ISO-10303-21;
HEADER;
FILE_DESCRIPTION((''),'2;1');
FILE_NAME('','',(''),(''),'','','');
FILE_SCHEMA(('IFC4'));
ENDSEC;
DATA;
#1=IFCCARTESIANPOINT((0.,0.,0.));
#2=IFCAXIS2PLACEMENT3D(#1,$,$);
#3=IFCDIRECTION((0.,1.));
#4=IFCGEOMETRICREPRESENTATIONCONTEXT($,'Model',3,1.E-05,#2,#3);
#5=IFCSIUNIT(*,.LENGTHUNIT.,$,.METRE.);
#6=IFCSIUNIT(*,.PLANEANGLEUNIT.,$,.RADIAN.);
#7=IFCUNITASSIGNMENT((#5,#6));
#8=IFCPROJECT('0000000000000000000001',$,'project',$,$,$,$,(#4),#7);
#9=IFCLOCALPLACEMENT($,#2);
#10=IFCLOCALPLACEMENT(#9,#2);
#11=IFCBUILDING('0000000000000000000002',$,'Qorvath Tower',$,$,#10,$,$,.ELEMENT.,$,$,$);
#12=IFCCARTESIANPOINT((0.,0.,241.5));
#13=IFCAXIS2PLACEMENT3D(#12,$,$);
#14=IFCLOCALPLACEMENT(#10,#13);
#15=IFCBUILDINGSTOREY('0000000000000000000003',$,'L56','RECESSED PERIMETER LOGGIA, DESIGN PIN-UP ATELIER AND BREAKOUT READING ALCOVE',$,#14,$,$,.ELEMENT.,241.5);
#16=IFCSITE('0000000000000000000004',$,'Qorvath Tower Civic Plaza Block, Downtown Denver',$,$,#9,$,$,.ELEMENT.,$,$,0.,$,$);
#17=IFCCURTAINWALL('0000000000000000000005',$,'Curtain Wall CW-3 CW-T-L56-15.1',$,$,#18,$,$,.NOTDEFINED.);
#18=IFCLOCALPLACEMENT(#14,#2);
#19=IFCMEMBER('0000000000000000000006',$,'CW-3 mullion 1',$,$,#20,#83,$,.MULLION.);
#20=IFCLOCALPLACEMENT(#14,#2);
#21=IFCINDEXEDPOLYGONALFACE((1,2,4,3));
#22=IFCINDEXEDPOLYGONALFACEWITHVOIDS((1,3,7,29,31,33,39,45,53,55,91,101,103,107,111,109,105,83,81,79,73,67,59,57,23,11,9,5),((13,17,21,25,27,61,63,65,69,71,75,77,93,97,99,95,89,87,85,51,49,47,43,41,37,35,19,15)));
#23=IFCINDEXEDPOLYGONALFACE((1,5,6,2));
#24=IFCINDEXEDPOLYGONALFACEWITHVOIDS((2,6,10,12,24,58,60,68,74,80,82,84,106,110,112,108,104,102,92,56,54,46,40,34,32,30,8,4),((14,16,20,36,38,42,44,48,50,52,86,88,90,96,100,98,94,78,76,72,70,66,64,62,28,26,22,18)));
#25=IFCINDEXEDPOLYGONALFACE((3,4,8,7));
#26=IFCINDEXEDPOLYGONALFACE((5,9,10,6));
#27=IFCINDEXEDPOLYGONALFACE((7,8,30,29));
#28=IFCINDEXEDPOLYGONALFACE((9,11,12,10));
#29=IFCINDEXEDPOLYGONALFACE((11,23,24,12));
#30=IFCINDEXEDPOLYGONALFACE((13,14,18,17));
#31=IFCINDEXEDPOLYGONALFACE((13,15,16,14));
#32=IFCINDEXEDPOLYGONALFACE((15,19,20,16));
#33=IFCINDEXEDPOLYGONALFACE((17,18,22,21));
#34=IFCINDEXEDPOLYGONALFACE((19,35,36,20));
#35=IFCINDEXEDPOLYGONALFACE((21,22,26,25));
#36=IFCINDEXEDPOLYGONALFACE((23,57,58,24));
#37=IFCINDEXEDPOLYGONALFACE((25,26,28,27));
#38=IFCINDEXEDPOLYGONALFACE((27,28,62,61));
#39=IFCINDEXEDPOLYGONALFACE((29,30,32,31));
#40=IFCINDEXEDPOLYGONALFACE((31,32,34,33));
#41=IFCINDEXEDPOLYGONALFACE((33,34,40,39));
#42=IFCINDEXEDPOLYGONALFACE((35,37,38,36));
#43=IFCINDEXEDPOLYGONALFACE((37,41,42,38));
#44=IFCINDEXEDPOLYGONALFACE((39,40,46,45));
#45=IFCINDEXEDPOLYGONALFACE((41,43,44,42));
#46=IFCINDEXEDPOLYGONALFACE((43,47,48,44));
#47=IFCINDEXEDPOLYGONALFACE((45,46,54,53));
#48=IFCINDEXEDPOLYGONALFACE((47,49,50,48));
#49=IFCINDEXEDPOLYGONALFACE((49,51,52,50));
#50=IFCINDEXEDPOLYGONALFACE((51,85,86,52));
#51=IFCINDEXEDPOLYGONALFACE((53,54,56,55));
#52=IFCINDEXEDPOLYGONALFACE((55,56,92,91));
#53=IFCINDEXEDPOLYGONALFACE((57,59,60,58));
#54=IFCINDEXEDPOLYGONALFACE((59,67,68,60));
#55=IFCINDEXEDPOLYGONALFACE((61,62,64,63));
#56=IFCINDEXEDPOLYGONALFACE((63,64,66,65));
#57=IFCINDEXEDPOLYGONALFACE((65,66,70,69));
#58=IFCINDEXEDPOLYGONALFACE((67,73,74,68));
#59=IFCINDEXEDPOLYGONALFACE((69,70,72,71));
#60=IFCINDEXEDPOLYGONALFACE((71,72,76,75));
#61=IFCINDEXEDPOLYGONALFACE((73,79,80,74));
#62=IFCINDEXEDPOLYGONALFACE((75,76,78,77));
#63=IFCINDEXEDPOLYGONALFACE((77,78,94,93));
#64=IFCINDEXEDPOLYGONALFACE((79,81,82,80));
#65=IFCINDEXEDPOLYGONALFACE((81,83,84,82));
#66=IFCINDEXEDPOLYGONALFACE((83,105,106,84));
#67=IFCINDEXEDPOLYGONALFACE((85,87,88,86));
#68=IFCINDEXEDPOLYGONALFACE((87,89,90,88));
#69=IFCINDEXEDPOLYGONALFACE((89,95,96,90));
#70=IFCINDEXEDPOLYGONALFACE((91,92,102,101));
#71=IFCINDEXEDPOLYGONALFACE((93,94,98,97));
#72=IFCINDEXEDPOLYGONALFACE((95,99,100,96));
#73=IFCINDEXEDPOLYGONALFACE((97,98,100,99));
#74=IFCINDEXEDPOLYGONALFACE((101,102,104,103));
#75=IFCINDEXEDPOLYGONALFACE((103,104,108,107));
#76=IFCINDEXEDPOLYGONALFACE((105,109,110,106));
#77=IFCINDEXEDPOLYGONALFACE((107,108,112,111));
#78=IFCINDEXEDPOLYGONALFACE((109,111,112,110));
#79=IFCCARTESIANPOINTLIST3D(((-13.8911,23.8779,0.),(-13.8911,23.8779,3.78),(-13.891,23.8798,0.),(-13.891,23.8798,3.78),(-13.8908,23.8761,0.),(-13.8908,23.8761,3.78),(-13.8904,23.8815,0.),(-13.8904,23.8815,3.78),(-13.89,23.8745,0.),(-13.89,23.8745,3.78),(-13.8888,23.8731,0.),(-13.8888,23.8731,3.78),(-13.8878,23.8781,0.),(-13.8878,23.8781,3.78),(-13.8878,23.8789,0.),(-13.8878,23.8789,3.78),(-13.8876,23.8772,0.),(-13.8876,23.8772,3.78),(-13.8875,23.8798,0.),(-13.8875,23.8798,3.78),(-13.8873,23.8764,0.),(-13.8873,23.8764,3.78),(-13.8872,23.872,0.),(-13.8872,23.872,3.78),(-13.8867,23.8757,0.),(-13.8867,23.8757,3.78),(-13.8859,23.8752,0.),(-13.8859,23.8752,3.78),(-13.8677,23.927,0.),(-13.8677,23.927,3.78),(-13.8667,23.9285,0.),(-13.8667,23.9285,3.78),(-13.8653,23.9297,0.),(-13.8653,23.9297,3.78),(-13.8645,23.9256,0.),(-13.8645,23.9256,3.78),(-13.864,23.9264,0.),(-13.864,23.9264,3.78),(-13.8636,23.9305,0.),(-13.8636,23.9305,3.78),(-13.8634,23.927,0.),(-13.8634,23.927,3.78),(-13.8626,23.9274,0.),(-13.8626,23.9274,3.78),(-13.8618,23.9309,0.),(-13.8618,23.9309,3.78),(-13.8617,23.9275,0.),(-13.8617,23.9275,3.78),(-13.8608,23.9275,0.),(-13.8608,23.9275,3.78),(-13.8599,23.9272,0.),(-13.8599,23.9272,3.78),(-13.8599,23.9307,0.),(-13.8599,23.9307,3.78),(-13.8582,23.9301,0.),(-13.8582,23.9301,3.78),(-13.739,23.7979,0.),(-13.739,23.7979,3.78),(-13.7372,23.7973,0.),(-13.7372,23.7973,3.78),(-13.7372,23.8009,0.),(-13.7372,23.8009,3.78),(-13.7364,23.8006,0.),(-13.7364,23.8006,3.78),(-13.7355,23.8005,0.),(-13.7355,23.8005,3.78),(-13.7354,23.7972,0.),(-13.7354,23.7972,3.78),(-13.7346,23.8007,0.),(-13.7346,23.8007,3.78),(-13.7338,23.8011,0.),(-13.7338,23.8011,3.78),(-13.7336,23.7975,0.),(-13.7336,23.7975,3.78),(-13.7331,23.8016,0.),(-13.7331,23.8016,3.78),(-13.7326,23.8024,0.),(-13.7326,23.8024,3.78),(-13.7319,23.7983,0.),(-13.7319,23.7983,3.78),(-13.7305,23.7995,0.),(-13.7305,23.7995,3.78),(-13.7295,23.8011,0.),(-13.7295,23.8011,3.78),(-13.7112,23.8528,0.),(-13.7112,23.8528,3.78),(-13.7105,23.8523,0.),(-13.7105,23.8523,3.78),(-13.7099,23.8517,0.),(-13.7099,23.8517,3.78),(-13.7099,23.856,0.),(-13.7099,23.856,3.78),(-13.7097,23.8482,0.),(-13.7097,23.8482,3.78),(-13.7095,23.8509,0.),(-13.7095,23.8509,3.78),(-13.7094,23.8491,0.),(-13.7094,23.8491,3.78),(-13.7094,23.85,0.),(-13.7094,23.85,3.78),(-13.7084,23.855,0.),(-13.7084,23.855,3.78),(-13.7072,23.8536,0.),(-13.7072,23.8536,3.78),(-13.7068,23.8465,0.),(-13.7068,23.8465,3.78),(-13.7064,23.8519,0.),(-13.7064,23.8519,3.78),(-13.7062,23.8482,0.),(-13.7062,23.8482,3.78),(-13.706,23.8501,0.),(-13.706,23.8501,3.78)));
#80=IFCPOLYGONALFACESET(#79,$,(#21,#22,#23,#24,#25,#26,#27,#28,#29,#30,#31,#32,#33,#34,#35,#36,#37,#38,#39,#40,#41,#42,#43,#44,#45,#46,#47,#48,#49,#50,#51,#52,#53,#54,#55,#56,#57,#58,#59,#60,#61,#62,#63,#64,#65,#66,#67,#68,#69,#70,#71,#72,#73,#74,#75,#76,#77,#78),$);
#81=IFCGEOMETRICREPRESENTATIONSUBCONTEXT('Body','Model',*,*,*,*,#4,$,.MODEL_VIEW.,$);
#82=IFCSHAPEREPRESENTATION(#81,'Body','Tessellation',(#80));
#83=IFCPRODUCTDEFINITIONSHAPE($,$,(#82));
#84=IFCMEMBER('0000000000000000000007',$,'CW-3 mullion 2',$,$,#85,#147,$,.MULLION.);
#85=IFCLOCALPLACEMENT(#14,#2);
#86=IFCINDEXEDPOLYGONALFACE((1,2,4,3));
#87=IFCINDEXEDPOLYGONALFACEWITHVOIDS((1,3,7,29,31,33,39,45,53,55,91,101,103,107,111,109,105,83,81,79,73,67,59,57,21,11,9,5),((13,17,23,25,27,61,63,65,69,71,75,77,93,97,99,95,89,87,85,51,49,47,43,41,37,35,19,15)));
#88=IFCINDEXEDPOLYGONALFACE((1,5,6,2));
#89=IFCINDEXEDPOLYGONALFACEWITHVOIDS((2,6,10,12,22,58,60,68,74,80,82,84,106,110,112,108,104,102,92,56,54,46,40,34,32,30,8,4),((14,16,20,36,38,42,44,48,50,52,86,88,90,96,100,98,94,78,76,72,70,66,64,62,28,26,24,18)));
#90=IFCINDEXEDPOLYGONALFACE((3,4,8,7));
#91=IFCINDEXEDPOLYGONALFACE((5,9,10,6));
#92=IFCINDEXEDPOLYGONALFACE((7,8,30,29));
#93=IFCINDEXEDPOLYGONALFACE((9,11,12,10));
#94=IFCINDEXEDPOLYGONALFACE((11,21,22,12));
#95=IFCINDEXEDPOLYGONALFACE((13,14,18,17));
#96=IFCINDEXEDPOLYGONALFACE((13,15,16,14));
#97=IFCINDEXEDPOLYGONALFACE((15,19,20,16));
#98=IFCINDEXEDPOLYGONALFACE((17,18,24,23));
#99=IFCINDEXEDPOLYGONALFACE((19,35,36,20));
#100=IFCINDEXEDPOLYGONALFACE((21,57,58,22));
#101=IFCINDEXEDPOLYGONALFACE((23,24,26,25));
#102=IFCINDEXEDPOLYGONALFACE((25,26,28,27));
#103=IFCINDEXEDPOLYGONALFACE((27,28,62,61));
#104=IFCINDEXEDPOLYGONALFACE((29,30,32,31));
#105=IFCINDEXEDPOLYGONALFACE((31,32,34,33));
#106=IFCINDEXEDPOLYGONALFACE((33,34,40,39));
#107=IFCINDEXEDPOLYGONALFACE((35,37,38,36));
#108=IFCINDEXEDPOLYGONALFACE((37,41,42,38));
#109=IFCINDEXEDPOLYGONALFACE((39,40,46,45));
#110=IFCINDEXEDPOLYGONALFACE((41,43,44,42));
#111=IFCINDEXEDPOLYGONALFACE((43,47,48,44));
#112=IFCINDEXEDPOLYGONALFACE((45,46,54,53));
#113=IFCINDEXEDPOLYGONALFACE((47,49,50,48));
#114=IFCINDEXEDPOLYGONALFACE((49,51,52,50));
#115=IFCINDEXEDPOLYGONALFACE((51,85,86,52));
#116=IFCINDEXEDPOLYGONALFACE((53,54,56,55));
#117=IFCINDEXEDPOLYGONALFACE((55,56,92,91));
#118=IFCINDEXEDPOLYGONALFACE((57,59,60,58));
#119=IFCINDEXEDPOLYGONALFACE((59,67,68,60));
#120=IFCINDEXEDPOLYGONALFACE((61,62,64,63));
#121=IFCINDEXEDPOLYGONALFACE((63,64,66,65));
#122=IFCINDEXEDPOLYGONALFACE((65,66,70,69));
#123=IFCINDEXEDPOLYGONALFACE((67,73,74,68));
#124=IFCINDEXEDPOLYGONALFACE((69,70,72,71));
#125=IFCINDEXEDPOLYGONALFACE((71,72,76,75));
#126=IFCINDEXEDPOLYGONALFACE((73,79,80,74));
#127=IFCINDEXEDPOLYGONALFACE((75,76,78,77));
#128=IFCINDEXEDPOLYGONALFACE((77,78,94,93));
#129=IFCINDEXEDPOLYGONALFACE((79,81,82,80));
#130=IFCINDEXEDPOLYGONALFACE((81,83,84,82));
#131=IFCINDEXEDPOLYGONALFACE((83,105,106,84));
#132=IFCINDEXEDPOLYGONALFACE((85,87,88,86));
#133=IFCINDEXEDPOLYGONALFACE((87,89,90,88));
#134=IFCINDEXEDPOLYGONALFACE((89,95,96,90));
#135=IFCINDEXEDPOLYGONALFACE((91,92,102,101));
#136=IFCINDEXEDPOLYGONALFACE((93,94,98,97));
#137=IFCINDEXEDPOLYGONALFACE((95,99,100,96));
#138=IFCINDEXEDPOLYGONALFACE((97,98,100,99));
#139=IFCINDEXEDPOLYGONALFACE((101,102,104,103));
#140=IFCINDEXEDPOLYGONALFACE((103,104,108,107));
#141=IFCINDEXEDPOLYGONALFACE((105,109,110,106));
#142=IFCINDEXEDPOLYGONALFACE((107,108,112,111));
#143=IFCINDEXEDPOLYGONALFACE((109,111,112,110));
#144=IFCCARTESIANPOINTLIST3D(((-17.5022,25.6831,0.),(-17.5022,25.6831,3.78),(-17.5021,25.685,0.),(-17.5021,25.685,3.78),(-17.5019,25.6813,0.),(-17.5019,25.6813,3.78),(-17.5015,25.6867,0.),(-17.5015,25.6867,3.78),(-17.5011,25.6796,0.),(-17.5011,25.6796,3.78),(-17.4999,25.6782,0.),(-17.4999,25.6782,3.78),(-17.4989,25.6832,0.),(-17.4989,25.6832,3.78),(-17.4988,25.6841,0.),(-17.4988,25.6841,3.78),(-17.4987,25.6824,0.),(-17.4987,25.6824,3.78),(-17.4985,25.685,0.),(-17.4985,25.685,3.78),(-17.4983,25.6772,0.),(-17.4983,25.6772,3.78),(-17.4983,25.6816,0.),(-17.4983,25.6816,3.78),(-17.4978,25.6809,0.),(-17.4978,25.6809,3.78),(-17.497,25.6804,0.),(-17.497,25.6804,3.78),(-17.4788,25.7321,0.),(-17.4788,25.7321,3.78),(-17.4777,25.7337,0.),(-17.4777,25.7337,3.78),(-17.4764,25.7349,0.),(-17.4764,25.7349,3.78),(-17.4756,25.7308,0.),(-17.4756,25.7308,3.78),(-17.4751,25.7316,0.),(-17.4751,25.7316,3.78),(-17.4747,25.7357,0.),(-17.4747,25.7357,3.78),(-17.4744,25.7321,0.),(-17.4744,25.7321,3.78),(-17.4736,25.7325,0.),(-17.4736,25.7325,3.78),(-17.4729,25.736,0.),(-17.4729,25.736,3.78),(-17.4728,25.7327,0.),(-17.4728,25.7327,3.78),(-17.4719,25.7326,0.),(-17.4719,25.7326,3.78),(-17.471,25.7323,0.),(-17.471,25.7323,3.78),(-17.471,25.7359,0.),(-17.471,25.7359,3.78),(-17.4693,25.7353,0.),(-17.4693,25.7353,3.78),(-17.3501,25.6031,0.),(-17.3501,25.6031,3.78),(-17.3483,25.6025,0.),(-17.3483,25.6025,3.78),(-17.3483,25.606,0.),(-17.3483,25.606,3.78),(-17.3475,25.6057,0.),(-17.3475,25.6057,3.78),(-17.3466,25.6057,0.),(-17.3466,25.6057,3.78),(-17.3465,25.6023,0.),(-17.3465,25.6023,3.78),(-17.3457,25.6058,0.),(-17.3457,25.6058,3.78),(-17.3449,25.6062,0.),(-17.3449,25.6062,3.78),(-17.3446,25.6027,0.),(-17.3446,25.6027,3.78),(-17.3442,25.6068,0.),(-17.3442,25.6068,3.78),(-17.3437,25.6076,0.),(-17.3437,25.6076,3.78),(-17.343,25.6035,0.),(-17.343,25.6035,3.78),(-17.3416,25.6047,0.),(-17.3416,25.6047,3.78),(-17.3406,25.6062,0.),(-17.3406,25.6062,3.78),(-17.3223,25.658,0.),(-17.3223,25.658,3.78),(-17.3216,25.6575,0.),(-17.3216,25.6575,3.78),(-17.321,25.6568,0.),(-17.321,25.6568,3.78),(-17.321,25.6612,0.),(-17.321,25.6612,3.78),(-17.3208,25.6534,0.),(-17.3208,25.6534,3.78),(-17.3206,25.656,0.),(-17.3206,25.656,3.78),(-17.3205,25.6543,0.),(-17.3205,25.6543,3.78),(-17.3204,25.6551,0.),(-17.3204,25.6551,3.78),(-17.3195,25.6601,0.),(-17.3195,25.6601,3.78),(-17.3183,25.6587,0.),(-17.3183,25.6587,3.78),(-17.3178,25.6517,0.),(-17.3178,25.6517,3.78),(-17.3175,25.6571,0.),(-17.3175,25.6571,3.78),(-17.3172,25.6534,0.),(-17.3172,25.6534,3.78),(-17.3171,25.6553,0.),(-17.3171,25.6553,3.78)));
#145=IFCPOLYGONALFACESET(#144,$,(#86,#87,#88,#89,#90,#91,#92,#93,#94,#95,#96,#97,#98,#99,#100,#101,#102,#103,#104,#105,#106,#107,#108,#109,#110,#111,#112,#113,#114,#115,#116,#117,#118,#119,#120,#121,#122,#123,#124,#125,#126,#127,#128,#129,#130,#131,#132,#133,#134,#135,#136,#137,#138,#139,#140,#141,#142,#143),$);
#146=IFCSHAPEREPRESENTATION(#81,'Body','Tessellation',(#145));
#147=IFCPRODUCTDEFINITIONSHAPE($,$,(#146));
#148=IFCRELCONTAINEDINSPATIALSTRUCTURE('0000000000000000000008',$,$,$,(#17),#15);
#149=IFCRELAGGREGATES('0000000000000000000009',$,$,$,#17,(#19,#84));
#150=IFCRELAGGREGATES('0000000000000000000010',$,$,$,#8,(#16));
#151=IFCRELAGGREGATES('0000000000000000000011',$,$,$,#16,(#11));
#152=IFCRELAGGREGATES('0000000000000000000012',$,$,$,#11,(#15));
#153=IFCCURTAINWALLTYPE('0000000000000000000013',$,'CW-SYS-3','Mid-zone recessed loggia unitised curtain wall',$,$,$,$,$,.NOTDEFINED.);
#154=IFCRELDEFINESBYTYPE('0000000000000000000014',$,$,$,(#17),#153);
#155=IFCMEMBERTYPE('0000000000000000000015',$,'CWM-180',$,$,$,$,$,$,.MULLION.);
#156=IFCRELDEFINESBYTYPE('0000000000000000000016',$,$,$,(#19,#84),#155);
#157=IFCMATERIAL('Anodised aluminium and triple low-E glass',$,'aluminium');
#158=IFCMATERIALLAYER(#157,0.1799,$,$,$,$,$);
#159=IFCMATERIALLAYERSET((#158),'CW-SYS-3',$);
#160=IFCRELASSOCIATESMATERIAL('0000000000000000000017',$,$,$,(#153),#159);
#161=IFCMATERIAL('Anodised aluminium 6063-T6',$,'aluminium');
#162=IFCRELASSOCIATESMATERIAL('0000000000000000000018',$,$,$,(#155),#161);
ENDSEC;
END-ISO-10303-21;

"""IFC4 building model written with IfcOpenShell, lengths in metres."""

from ifc_helpers import new_model, si_unit, direction, frame, origin, origin_2d, place, context, subcontext, project, spatial, hollow_rectangle, extrude, material, layer, layer_set, material_profile, profile_set, type_object, element, aggregate, save


model = new_model("IFC4")

# Units and contexts
model_context = context("Model", 3, precision=1e-05, world=origin(), true_north=direction((0.0, 1.0)))
body_context = subcontext(model_context, "Body", "Model", "MODEL_VIEW")
ifc_project = project(units=[si_unit("LENGTHUNIT", "METRE"), si_unit("PLANEANGLEUNIT", "RADIAN")], contexts=[model_context])

# Site, building, storey
site_placement = place(None, origin())
site = spatial("IfcSite", under=ifc_project, at=site_placement, Name="Qorvath Tower Civic Plaza Block, Downtown Denver", CompositionType="ELEMENT", RefElevation=0.0)
building_placement = place(site_placement, origin())
building = spatial("IfcBuilding", under=site, at=building_placement, Name="Qorvath Tower", CompositionType="ELEMENT")
storey_placement = place(building_placement, frame((0.0, 0.0, 241.5)))
storey = spatial("IfcBuildingStorey", under=building, at=storey_placement, Name="L56", Description="RECESSED PERIMETER LOGGIA, DESIGN PIN-UP ATELIER AND BREAKOUT READING ALCOVE", CompositionType="ELEMENT", Elevation=241.5)

# Shared definitions
ifc_material_1 = material(Name="Anodised aluminium and triple low-E glass", Category="aluminium")
ifc_layer_1 = layer(ifc_material_1, 0.1799)
ifc_layer_set_1 = layer_set([ifc_layer_1], Name="CW-SYS-3")
curtain_wall_type = type_object("IfcCurtainWallType", Name="CW-SYS-3", Description="Mid-zone recessed loggia unitised curtain wall", PredefinedType="NOTDEFINED", material=ifc_layer_set_1)
ifc_material_2 = material(Name="Anodised aluminium 6063-T6", Category="aluminium")
ifc_material_profile_1 = material_profile(ifc_material_2, hollow_rectangle(XDim=0.0649, YDim=0.1799, WallThickness=0.0034, InnerFilletRadius=0.0034, OuterFilletRadius=0.0071, at=origin_2d()), Name="CWM 180x65")
ifc_profile_set_1 = profile_set([ifc_material_profile_1], Name="Anodised aluminium 6063-T6")
member_type_1 = type_object("IfcMemberType", Name="CWM-180", PredefinedType="MULLION", material=ifc_profile_set_1)

# Curtain wall, members
curtain_wall_1_placement = place(storey_placement, origin())
curtain_wall_1 = element("IfcCurtainWall", 1, at=curtain_wall_1_placement, inside=storey, type_object=curtain_wall_type, Name="Curtain Wall CW-3 CW-T-L56-15.1", PredefinedType="NOTDEFINED")
member_1_placement = place(storey_placement, frame((-13.7986, 23.864, 0.0), z_axis=(0.0, 0.0, 1.0), x_axis=(-0.447175, -0.894447, 0.0)))
member_1 = element("IfcMember", 2, at=member_1_placement, type_object=member_type_1, Name="CW-3 mullion 1", PredefinedType="MULLION", context=body_context, shape_type="SweptSolid", body=[
    extrude(hollow_rectangle(XDim=0.0649, YDim=0.1799, WallThickness=0.0034, InnerFilletRadius=0.0034, OuterFilletRadius=0.0071, at=origin_2d()), origin(), (0.0, 0.0, 1.0), 3.78),
])
member_2_placement = place(storey_placement, frame((-17.4097, 25.6692, 0.0), z_axis=(0.0, 0.0, 1.0), x_axis=(-0.447175, -0.894447, 0.0)))
member_2 = element("IfcMember", 3, at=member_2_placement, type_object=member_type_1, Name="CW-3 mullion 2", PredefinedType="MULLION", context=body_context, shape_type="SweptSolid", body=[
    extrude(hollow_rectangle(XDim=0.0649, YDim=0.1799, WallThickness=0.0034, InnerFilletRadius=0.0034, OuterFilletRadius=0.0071, at=origin_2d()), origin(), (0.0, 0.0, 1.0), 3.78),
])

aggregate(curtain_wall_1, [member_1, member_2])

save(model, "model.ifc")
